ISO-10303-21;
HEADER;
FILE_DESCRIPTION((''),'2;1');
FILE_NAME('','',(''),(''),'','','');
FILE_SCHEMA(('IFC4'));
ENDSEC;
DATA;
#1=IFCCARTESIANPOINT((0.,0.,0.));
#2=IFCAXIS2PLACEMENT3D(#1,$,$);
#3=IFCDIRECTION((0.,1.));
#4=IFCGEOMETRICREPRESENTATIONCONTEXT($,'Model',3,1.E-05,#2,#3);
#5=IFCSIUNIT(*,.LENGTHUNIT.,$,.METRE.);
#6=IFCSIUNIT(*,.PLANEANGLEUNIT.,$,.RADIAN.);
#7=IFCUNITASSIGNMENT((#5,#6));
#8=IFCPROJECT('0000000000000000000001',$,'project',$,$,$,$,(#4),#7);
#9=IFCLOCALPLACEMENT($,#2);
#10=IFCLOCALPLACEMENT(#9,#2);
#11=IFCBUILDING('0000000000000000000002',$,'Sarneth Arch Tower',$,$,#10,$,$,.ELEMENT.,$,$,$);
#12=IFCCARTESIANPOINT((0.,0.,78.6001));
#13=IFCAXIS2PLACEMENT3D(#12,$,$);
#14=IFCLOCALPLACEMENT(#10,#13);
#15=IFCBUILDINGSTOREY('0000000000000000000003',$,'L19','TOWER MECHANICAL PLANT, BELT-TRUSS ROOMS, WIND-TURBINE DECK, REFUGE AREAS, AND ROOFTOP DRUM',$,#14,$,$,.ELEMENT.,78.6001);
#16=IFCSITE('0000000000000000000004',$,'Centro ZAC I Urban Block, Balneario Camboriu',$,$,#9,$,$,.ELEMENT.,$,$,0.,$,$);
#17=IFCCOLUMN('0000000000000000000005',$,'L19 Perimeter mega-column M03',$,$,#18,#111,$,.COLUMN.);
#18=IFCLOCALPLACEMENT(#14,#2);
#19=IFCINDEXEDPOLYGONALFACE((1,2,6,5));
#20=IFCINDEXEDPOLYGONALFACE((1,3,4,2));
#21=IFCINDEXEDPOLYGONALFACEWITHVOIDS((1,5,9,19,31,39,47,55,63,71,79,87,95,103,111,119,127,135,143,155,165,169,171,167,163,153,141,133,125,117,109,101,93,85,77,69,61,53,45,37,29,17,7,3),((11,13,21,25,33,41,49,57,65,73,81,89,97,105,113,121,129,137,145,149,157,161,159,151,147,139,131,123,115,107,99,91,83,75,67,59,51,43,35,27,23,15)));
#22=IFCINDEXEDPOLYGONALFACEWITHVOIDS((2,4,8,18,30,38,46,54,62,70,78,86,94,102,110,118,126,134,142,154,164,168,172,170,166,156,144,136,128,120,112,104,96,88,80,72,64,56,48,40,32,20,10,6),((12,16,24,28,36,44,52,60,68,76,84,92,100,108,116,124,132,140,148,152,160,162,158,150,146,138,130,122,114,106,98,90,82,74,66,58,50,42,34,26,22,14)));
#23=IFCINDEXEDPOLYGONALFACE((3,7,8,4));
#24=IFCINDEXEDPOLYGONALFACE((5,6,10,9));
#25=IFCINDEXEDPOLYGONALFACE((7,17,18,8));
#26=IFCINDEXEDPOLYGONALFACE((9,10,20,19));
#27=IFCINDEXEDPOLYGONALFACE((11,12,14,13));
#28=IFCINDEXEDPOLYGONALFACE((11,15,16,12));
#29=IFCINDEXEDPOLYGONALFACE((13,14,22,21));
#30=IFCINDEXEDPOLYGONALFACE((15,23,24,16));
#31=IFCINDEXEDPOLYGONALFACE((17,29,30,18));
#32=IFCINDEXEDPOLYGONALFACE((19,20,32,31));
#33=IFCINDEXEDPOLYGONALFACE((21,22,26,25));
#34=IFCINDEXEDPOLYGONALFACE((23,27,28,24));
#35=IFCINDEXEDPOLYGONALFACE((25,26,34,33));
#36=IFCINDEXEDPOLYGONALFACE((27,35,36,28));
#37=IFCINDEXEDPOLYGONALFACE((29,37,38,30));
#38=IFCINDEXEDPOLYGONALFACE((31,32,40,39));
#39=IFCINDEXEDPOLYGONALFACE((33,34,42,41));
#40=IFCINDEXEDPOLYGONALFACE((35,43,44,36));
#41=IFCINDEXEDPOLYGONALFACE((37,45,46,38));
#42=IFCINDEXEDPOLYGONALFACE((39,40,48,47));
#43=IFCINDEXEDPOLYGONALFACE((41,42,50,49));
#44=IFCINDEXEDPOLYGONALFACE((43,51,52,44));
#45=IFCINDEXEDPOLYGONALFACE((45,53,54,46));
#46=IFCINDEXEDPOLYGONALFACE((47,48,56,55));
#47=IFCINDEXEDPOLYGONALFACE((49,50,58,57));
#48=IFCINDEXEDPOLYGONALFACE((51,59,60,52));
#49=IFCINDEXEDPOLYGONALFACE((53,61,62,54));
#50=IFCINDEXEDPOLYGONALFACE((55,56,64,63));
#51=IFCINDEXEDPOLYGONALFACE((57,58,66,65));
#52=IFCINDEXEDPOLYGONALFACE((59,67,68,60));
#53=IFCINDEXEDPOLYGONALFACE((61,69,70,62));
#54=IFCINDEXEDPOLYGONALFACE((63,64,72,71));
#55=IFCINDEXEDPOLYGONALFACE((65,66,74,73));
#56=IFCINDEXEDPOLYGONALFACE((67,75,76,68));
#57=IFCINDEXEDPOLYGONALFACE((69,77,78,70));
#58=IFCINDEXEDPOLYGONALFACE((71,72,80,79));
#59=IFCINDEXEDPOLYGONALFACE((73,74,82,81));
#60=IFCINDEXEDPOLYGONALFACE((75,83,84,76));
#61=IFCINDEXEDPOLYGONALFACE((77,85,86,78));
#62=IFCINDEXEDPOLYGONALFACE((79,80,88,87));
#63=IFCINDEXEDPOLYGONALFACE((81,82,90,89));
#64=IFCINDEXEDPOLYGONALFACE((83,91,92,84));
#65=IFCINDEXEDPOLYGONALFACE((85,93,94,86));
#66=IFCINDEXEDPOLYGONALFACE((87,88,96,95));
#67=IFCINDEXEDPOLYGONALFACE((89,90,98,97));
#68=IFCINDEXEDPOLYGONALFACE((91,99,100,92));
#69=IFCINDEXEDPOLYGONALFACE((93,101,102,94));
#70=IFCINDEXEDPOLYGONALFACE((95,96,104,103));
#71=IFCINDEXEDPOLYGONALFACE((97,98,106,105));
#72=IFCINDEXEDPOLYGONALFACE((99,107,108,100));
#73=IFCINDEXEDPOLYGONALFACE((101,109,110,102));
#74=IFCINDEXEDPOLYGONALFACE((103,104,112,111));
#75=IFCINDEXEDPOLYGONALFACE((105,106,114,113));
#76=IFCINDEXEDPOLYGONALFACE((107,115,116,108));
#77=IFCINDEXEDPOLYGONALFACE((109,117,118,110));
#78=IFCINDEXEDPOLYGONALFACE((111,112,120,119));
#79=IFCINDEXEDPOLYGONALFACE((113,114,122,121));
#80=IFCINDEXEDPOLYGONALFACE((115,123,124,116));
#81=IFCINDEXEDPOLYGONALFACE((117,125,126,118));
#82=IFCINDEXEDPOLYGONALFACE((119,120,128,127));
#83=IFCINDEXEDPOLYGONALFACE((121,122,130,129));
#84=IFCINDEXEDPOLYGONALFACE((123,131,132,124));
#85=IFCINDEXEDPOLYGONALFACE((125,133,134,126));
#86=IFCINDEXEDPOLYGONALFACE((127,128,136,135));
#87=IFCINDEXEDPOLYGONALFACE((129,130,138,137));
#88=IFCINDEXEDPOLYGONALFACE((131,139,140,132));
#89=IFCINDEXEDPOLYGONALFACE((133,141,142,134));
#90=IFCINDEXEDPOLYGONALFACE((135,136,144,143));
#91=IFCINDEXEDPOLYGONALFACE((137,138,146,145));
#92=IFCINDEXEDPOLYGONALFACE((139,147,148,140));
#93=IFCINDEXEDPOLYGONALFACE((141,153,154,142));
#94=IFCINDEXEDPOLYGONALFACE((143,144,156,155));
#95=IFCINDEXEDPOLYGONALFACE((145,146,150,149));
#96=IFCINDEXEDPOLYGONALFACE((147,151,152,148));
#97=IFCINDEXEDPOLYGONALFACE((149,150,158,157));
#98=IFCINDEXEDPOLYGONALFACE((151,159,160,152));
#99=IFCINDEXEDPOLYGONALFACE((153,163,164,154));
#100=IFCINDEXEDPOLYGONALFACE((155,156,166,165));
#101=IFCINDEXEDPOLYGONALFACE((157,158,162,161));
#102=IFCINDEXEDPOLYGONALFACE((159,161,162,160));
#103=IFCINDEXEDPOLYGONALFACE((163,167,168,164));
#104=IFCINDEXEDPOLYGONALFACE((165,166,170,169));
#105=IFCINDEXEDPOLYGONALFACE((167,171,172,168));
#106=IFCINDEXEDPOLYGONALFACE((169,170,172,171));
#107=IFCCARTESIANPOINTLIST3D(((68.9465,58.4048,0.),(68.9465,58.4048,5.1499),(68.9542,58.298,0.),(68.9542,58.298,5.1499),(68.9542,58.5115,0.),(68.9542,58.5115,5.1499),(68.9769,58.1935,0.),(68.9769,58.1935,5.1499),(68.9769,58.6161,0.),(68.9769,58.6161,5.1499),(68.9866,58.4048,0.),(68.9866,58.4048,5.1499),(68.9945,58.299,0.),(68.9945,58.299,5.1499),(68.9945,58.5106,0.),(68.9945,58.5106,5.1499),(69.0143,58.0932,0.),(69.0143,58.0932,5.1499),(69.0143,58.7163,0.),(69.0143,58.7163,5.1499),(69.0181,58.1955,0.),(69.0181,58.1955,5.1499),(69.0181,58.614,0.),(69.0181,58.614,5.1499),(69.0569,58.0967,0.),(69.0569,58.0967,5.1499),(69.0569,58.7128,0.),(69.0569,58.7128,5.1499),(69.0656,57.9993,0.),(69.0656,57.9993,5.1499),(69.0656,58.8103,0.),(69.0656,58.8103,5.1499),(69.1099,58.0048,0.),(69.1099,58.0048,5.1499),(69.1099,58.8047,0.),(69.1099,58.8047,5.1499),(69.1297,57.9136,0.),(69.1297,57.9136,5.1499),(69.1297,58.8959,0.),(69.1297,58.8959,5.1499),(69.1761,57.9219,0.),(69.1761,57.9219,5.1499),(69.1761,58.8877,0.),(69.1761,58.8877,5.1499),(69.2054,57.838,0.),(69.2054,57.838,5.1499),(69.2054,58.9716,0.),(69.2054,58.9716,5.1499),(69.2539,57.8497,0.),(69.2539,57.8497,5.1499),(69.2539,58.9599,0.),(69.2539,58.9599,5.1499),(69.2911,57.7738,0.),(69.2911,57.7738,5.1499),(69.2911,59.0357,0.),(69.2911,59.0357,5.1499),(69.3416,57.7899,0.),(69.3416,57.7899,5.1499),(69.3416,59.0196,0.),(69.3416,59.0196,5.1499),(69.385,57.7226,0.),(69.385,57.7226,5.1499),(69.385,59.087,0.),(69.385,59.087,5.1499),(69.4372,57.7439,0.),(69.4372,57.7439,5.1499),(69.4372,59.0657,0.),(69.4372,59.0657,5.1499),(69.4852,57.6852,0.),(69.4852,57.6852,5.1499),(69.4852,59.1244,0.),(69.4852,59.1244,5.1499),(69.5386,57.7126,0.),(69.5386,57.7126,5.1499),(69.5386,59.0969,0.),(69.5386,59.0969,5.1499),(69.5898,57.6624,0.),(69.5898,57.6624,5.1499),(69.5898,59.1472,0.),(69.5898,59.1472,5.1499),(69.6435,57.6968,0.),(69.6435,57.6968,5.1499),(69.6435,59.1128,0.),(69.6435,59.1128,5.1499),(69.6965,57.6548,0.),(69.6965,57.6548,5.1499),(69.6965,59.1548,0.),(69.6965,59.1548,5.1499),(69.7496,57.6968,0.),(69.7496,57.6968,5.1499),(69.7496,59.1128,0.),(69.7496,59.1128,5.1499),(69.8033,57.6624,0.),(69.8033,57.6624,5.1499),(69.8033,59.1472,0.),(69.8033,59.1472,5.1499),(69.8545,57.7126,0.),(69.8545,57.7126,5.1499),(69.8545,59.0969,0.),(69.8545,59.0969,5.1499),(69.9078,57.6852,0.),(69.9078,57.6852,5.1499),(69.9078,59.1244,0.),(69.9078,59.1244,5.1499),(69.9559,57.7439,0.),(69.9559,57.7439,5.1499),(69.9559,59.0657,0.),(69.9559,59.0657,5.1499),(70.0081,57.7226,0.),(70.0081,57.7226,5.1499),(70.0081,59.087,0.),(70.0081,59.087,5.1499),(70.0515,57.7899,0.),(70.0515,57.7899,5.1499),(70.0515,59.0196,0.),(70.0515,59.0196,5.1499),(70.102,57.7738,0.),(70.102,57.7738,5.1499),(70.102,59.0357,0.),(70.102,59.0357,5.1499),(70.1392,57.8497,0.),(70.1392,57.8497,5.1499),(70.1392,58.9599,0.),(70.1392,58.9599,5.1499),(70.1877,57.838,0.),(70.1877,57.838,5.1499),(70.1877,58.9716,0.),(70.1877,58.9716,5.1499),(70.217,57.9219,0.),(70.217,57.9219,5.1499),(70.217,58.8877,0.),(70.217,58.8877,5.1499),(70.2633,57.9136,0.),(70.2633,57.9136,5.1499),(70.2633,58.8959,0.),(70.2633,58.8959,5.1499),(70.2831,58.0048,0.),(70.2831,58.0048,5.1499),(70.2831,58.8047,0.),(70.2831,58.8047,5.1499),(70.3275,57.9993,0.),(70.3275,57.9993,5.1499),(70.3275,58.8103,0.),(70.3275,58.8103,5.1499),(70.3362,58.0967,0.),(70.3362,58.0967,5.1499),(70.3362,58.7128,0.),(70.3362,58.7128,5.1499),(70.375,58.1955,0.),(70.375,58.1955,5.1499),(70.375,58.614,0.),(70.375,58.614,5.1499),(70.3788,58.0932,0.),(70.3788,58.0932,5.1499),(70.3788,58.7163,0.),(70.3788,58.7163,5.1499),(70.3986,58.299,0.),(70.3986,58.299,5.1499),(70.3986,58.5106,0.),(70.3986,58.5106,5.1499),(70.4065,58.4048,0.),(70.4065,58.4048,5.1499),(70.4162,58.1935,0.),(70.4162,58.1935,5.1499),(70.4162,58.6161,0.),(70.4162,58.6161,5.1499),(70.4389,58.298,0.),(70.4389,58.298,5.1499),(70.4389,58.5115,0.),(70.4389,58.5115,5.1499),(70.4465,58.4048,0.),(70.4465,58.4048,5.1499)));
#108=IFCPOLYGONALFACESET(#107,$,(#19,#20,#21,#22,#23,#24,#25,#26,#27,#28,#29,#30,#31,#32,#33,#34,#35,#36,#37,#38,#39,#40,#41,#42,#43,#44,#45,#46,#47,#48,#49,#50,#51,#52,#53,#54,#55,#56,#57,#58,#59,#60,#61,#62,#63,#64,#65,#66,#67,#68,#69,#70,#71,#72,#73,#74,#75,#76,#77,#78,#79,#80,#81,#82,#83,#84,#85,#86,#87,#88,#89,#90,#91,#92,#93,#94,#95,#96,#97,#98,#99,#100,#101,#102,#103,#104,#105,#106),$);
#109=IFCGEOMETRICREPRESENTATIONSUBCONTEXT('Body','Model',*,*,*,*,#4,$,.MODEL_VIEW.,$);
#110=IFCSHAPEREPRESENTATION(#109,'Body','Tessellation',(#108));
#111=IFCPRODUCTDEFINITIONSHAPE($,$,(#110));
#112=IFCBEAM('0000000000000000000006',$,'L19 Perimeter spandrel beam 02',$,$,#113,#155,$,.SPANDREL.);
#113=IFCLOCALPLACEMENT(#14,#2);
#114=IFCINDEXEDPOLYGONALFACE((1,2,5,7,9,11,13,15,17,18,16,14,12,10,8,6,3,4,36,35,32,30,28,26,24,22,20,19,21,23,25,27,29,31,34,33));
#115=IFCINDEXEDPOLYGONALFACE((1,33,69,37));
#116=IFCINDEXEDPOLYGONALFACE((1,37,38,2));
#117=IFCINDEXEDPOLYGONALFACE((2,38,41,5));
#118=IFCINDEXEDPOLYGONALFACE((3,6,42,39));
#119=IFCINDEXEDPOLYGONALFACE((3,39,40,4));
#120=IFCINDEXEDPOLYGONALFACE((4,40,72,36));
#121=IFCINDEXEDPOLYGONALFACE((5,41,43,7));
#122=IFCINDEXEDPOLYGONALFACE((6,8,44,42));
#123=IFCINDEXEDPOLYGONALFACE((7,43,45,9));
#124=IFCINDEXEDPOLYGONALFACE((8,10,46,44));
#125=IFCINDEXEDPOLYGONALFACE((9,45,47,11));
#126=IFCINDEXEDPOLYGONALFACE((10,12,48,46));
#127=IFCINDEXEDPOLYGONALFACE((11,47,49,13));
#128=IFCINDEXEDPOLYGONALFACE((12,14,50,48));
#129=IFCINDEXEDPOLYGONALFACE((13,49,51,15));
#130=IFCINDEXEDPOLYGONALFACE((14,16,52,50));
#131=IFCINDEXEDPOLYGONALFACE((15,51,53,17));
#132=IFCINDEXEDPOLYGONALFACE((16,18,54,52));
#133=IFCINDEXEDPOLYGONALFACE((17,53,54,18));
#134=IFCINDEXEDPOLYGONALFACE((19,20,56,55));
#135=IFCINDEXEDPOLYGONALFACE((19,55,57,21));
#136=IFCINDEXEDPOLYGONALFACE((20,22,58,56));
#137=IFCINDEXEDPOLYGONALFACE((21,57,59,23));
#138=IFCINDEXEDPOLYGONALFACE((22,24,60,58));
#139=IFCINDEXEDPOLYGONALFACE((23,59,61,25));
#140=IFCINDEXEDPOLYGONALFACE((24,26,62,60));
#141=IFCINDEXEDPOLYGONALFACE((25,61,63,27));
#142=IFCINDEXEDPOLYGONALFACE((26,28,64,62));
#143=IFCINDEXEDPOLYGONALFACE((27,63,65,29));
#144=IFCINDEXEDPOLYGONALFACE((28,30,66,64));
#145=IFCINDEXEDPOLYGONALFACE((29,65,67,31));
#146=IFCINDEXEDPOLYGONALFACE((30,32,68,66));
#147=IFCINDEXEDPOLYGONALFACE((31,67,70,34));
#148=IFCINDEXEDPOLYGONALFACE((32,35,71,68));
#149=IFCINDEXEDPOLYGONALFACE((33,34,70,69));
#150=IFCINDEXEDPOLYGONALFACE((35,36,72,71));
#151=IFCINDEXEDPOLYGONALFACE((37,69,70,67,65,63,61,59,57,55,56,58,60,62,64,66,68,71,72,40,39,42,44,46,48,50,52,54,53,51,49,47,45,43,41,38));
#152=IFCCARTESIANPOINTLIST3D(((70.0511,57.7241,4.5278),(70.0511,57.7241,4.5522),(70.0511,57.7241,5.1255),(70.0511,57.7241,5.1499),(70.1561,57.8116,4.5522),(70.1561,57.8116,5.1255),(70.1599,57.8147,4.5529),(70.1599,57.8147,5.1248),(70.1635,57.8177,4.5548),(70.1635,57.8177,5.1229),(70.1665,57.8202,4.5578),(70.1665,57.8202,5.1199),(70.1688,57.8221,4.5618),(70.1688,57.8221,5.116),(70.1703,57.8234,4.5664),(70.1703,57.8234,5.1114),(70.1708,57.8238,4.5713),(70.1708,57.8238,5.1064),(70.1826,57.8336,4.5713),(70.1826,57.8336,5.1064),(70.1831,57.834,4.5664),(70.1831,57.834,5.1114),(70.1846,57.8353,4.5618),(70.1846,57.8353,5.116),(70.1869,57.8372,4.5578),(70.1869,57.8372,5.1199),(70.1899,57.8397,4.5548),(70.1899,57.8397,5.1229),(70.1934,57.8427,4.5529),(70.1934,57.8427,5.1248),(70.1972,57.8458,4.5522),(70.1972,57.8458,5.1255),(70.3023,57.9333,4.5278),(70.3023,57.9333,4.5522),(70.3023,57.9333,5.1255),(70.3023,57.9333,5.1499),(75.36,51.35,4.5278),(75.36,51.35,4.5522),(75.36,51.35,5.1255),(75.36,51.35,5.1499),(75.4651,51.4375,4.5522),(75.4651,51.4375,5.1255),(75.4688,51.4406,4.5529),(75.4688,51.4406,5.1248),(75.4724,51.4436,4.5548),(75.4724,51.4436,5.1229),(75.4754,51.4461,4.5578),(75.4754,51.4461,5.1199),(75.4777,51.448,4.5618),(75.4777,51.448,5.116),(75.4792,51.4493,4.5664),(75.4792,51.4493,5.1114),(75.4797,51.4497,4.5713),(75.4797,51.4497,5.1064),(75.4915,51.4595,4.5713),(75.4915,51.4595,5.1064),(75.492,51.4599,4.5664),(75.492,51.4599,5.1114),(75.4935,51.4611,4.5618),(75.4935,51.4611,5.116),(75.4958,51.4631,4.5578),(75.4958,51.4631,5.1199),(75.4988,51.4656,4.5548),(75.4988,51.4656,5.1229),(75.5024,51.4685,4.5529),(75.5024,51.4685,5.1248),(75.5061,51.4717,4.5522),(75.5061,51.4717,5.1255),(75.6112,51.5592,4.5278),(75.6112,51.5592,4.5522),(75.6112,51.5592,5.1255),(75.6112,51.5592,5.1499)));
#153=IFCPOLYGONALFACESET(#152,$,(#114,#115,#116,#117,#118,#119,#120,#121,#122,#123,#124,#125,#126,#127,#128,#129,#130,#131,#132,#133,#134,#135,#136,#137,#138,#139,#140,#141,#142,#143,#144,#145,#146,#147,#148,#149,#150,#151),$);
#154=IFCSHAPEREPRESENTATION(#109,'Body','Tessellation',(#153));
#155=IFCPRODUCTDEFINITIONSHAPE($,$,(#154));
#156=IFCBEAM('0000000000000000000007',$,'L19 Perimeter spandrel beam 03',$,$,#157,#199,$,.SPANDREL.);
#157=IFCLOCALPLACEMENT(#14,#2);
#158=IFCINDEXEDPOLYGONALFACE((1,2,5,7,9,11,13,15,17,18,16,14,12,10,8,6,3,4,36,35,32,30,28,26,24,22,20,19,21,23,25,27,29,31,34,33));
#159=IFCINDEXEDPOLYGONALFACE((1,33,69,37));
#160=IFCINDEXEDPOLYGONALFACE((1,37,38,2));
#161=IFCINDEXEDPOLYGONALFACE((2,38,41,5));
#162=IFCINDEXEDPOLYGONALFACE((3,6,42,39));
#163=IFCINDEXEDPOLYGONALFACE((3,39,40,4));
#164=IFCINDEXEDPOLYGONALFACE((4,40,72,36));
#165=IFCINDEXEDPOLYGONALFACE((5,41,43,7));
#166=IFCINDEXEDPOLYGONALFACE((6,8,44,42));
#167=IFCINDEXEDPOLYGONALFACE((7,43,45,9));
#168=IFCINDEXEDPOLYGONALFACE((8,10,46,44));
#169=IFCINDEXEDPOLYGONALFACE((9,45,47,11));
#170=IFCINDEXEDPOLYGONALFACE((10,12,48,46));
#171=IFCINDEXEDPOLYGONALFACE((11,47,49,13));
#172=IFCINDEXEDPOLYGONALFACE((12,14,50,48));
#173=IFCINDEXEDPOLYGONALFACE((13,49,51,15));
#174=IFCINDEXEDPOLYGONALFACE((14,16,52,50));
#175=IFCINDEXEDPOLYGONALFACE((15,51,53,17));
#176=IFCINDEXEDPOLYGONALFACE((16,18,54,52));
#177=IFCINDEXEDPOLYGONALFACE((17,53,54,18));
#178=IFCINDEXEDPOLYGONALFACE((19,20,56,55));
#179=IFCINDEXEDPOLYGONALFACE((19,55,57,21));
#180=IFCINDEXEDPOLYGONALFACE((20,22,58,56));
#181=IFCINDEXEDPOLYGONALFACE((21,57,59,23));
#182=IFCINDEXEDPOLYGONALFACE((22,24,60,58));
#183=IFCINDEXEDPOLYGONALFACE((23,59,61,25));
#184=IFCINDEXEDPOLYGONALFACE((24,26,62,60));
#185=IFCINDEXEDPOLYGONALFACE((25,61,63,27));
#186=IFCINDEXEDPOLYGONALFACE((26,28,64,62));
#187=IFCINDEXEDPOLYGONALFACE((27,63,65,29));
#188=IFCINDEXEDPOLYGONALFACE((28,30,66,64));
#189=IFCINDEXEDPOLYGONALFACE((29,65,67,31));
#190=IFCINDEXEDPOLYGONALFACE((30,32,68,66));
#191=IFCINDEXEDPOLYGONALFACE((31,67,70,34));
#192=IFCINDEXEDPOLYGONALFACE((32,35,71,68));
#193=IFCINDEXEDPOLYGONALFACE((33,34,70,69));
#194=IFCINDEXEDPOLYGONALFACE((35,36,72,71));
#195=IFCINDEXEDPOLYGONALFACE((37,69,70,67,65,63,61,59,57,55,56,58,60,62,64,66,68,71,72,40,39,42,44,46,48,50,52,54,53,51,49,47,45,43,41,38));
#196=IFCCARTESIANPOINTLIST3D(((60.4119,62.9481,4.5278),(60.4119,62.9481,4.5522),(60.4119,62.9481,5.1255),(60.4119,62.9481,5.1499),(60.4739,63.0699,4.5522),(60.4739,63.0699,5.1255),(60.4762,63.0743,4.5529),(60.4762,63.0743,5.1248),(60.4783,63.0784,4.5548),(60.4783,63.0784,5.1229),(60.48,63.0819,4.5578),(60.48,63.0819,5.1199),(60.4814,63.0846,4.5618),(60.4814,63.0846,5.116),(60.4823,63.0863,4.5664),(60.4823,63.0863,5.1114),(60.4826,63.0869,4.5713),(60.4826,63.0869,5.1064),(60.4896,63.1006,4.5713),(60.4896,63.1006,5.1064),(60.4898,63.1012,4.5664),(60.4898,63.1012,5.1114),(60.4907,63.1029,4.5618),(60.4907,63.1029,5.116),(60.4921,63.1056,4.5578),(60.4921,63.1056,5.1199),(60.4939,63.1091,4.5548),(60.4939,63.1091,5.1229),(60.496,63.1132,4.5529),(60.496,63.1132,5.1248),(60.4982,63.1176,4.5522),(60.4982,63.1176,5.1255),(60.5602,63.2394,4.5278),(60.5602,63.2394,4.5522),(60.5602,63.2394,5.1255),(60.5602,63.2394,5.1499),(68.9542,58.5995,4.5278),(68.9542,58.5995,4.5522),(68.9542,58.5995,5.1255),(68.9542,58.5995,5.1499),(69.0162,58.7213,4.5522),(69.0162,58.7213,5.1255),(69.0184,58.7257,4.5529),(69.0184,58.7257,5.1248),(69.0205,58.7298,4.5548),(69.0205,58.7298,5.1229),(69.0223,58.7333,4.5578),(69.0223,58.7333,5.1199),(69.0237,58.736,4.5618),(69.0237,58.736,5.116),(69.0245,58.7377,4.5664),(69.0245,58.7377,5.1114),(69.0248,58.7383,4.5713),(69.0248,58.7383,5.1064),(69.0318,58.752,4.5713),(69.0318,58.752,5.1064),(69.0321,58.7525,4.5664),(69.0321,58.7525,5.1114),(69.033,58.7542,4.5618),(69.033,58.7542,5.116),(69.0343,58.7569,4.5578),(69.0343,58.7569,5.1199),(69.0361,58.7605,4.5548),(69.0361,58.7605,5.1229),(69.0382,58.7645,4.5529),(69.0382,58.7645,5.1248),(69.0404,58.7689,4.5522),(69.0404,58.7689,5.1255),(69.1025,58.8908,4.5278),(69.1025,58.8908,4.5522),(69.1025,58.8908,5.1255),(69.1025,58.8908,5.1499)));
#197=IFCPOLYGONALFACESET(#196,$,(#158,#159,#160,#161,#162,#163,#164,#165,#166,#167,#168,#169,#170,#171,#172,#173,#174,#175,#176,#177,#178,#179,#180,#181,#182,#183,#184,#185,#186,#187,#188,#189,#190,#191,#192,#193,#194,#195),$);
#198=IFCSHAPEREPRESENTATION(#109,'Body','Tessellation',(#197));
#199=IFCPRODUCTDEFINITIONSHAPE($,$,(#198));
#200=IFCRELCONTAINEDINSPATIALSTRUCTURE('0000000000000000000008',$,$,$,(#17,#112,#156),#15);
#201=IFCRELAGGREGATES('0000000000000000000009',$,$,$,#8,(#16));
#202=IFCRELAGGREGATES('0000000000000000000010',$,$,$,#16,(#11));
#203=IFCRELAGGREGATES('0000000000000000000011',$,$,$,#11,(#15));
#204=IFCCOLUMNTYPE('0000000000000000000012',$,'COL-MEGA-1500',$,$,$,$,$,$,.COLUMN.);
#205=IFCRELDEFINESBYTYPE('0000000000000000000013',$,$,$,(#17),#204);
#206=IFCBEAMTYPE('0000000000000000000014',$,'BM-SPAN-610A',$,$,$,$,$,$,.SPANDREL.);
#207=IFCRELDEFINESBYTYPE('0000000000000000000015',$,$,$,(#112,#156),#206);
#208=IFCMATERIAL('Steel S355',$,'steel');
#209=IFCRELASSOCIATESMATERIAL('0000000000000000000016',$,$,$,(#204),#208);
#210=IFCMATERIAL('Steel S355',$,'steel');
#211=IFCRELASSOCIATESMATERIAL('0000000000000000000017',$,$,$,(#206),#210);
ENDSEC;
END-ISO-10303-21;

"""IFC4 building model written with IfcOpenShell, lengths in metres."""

from ifc_helpers import new_model, si_unit, direction, frame, origin, origin_2d, place, context, subcontext, project, spatial, hollow_circle, i_section, extrude, material, material_profile, profile_set, type_object, element, save


model = new_model("IFC4")

# Units and contexts
model_context = context("Model", 3, precision=1e-05, world=origin(), true_north=direction((0.0, 1.0)))
body_context = subcontext(model_context, "Body", "Model", "MODEL_VIEW")
ifc_project = project(units=[si_unit("LENGTHUNIT", "METRE"), si_unit("PLANEANGLEUNIT", "RADIAN")], contexts=[model_context])

# Site, building, storey
site_placement = place(None, origin())
site = spatial("IfcSite", under=ifc_project, at=site_placement, Name="Centro ZAC I Urban Block, Balneario Camboriu", CompositionType="ELEMENT", RefElevation=0.0)
building_placement = place(site_placement, origin())
building = spatial("IfcBuilding", under=site, at=building_placement, Name="Sarneth Arch Tower", CompositionType="ELEMENT")
storey_placement = place(building_placement, frame((0.0, 0.0, 78.6001)))
storey = spatial("IfcBuildingStorey", under=building, at=storey_placement, Name="L19", Description="TOWER MECHANICAL PLANT, BELT-TRUSS ROOMS, WIND-TURBINE DECK, REFUGE AREAS, AND ROOFTOP DRUM", CompositionType="ELEMENT", Elevation=78.6001)

# Column
ifc_material_1 = material(Name="Steel S355", Category="steel")
ifc_material_profile_1 = material_profile(ifc_material_1, hollow_circle(Radius=0.75, WallThickness=0.04, at=origin_2d()), Name="CHS1500x40")
ifc_profile_set_1 = profile_set([ifc_material_profile_1], Name="Steel S355")
column_type = type_object("IfcColumnType", Name="COL-MEGA-1500", PredefinedType="COLUMN", material=ifc_profile_set_1)
column_placement = place(storey_placement, frame((69.6965, 58.4048, 0.0), z_axis=(0.0, 0.0, 1.0), x_axis=(1.0, 0.0, 0.0)))
element("IfcColumn", 1, at=column_placement, inside=storey, type_object=column_type, Name="L19 Perimeter mega-column M03", PredefinedType="COLUMN", context=body_context, shape_type="SweptSolid", body=[
    extrude(hollow_circle(Radius=0.75, WallThickness=0.04, at=origin_2d()), origin(), (0.0, 0.0, 1.0), 5.1499),
])

# Beams
ifc_material_2 = material(Name="Steel S355", Category="steel")
ifc_material_profile_2 = material_profile(ifc_material_2, i_section(OverallWidth=0.3269, OverallDepth=0.6221, WebThickness=0.0154, FlangeThickness=0.0244, FilletRadius=0.019, at=origin_2d()), Name="W610x195")
ifc_profile_set_2 = profile_set([ifc_material_profile_2], Name="Steel S355")
beam_type = type_object("IfcBeamType", Name="BM-SPAN-610A", PredefinedType="SPANDREL", material=ifc_profile_set_2)
beam_1_placement = place(storey_placement, frame((75.4856, 51.4546, 4.8389), z_axis=(-0.639982, 0.76839, 0.0), x_axis=(-0.76839, -0.639982, 0.0)))
element("IfcBeam", 2, at=beam_1_placement, inside=storey, type_object=beam_type, Name="L19 Perimeter spandrel beam 02", PredefinedType="SPANDREL", context=body_context, shape_type="SweptSolid", body=[
    extrude(i_section(OverallWidth=0.3269, OverallDepth=0.6221, WebThickness=0.0154, FlangeThickness=0.0244, FilletRadius=0.019, at=origin_2d()), origin(), (0.0, 0.0, 1.0), 8.2954),
])
beam_2_placement = place(storey_placement, frame((69.0283, 58.7451, 4.8389), z_axis=(-0.891169, 0.453671, 0.0), x_axis=(-0.453671, -0.891169, 0.0)))
element("IfcBeam", 3, at=beam_2_placement, inside=storey, type_object=beam_type, Name="L19 Perimeter spandrel beam 03", PredefinedType="SPANDREL", context=body_context, shape_type="SweptSolid", body=[
    extrude(i_section(OverallWidth=0.3269, OverallDepth=0.6221, WebThickness=0.0154, FlangeThickness=0.0244, FilletRadius=0.019, at=origin_2d()), origin(), (0.0, 0.0, 1.0), 9.5854),
])

save(model, "model.ifc")
